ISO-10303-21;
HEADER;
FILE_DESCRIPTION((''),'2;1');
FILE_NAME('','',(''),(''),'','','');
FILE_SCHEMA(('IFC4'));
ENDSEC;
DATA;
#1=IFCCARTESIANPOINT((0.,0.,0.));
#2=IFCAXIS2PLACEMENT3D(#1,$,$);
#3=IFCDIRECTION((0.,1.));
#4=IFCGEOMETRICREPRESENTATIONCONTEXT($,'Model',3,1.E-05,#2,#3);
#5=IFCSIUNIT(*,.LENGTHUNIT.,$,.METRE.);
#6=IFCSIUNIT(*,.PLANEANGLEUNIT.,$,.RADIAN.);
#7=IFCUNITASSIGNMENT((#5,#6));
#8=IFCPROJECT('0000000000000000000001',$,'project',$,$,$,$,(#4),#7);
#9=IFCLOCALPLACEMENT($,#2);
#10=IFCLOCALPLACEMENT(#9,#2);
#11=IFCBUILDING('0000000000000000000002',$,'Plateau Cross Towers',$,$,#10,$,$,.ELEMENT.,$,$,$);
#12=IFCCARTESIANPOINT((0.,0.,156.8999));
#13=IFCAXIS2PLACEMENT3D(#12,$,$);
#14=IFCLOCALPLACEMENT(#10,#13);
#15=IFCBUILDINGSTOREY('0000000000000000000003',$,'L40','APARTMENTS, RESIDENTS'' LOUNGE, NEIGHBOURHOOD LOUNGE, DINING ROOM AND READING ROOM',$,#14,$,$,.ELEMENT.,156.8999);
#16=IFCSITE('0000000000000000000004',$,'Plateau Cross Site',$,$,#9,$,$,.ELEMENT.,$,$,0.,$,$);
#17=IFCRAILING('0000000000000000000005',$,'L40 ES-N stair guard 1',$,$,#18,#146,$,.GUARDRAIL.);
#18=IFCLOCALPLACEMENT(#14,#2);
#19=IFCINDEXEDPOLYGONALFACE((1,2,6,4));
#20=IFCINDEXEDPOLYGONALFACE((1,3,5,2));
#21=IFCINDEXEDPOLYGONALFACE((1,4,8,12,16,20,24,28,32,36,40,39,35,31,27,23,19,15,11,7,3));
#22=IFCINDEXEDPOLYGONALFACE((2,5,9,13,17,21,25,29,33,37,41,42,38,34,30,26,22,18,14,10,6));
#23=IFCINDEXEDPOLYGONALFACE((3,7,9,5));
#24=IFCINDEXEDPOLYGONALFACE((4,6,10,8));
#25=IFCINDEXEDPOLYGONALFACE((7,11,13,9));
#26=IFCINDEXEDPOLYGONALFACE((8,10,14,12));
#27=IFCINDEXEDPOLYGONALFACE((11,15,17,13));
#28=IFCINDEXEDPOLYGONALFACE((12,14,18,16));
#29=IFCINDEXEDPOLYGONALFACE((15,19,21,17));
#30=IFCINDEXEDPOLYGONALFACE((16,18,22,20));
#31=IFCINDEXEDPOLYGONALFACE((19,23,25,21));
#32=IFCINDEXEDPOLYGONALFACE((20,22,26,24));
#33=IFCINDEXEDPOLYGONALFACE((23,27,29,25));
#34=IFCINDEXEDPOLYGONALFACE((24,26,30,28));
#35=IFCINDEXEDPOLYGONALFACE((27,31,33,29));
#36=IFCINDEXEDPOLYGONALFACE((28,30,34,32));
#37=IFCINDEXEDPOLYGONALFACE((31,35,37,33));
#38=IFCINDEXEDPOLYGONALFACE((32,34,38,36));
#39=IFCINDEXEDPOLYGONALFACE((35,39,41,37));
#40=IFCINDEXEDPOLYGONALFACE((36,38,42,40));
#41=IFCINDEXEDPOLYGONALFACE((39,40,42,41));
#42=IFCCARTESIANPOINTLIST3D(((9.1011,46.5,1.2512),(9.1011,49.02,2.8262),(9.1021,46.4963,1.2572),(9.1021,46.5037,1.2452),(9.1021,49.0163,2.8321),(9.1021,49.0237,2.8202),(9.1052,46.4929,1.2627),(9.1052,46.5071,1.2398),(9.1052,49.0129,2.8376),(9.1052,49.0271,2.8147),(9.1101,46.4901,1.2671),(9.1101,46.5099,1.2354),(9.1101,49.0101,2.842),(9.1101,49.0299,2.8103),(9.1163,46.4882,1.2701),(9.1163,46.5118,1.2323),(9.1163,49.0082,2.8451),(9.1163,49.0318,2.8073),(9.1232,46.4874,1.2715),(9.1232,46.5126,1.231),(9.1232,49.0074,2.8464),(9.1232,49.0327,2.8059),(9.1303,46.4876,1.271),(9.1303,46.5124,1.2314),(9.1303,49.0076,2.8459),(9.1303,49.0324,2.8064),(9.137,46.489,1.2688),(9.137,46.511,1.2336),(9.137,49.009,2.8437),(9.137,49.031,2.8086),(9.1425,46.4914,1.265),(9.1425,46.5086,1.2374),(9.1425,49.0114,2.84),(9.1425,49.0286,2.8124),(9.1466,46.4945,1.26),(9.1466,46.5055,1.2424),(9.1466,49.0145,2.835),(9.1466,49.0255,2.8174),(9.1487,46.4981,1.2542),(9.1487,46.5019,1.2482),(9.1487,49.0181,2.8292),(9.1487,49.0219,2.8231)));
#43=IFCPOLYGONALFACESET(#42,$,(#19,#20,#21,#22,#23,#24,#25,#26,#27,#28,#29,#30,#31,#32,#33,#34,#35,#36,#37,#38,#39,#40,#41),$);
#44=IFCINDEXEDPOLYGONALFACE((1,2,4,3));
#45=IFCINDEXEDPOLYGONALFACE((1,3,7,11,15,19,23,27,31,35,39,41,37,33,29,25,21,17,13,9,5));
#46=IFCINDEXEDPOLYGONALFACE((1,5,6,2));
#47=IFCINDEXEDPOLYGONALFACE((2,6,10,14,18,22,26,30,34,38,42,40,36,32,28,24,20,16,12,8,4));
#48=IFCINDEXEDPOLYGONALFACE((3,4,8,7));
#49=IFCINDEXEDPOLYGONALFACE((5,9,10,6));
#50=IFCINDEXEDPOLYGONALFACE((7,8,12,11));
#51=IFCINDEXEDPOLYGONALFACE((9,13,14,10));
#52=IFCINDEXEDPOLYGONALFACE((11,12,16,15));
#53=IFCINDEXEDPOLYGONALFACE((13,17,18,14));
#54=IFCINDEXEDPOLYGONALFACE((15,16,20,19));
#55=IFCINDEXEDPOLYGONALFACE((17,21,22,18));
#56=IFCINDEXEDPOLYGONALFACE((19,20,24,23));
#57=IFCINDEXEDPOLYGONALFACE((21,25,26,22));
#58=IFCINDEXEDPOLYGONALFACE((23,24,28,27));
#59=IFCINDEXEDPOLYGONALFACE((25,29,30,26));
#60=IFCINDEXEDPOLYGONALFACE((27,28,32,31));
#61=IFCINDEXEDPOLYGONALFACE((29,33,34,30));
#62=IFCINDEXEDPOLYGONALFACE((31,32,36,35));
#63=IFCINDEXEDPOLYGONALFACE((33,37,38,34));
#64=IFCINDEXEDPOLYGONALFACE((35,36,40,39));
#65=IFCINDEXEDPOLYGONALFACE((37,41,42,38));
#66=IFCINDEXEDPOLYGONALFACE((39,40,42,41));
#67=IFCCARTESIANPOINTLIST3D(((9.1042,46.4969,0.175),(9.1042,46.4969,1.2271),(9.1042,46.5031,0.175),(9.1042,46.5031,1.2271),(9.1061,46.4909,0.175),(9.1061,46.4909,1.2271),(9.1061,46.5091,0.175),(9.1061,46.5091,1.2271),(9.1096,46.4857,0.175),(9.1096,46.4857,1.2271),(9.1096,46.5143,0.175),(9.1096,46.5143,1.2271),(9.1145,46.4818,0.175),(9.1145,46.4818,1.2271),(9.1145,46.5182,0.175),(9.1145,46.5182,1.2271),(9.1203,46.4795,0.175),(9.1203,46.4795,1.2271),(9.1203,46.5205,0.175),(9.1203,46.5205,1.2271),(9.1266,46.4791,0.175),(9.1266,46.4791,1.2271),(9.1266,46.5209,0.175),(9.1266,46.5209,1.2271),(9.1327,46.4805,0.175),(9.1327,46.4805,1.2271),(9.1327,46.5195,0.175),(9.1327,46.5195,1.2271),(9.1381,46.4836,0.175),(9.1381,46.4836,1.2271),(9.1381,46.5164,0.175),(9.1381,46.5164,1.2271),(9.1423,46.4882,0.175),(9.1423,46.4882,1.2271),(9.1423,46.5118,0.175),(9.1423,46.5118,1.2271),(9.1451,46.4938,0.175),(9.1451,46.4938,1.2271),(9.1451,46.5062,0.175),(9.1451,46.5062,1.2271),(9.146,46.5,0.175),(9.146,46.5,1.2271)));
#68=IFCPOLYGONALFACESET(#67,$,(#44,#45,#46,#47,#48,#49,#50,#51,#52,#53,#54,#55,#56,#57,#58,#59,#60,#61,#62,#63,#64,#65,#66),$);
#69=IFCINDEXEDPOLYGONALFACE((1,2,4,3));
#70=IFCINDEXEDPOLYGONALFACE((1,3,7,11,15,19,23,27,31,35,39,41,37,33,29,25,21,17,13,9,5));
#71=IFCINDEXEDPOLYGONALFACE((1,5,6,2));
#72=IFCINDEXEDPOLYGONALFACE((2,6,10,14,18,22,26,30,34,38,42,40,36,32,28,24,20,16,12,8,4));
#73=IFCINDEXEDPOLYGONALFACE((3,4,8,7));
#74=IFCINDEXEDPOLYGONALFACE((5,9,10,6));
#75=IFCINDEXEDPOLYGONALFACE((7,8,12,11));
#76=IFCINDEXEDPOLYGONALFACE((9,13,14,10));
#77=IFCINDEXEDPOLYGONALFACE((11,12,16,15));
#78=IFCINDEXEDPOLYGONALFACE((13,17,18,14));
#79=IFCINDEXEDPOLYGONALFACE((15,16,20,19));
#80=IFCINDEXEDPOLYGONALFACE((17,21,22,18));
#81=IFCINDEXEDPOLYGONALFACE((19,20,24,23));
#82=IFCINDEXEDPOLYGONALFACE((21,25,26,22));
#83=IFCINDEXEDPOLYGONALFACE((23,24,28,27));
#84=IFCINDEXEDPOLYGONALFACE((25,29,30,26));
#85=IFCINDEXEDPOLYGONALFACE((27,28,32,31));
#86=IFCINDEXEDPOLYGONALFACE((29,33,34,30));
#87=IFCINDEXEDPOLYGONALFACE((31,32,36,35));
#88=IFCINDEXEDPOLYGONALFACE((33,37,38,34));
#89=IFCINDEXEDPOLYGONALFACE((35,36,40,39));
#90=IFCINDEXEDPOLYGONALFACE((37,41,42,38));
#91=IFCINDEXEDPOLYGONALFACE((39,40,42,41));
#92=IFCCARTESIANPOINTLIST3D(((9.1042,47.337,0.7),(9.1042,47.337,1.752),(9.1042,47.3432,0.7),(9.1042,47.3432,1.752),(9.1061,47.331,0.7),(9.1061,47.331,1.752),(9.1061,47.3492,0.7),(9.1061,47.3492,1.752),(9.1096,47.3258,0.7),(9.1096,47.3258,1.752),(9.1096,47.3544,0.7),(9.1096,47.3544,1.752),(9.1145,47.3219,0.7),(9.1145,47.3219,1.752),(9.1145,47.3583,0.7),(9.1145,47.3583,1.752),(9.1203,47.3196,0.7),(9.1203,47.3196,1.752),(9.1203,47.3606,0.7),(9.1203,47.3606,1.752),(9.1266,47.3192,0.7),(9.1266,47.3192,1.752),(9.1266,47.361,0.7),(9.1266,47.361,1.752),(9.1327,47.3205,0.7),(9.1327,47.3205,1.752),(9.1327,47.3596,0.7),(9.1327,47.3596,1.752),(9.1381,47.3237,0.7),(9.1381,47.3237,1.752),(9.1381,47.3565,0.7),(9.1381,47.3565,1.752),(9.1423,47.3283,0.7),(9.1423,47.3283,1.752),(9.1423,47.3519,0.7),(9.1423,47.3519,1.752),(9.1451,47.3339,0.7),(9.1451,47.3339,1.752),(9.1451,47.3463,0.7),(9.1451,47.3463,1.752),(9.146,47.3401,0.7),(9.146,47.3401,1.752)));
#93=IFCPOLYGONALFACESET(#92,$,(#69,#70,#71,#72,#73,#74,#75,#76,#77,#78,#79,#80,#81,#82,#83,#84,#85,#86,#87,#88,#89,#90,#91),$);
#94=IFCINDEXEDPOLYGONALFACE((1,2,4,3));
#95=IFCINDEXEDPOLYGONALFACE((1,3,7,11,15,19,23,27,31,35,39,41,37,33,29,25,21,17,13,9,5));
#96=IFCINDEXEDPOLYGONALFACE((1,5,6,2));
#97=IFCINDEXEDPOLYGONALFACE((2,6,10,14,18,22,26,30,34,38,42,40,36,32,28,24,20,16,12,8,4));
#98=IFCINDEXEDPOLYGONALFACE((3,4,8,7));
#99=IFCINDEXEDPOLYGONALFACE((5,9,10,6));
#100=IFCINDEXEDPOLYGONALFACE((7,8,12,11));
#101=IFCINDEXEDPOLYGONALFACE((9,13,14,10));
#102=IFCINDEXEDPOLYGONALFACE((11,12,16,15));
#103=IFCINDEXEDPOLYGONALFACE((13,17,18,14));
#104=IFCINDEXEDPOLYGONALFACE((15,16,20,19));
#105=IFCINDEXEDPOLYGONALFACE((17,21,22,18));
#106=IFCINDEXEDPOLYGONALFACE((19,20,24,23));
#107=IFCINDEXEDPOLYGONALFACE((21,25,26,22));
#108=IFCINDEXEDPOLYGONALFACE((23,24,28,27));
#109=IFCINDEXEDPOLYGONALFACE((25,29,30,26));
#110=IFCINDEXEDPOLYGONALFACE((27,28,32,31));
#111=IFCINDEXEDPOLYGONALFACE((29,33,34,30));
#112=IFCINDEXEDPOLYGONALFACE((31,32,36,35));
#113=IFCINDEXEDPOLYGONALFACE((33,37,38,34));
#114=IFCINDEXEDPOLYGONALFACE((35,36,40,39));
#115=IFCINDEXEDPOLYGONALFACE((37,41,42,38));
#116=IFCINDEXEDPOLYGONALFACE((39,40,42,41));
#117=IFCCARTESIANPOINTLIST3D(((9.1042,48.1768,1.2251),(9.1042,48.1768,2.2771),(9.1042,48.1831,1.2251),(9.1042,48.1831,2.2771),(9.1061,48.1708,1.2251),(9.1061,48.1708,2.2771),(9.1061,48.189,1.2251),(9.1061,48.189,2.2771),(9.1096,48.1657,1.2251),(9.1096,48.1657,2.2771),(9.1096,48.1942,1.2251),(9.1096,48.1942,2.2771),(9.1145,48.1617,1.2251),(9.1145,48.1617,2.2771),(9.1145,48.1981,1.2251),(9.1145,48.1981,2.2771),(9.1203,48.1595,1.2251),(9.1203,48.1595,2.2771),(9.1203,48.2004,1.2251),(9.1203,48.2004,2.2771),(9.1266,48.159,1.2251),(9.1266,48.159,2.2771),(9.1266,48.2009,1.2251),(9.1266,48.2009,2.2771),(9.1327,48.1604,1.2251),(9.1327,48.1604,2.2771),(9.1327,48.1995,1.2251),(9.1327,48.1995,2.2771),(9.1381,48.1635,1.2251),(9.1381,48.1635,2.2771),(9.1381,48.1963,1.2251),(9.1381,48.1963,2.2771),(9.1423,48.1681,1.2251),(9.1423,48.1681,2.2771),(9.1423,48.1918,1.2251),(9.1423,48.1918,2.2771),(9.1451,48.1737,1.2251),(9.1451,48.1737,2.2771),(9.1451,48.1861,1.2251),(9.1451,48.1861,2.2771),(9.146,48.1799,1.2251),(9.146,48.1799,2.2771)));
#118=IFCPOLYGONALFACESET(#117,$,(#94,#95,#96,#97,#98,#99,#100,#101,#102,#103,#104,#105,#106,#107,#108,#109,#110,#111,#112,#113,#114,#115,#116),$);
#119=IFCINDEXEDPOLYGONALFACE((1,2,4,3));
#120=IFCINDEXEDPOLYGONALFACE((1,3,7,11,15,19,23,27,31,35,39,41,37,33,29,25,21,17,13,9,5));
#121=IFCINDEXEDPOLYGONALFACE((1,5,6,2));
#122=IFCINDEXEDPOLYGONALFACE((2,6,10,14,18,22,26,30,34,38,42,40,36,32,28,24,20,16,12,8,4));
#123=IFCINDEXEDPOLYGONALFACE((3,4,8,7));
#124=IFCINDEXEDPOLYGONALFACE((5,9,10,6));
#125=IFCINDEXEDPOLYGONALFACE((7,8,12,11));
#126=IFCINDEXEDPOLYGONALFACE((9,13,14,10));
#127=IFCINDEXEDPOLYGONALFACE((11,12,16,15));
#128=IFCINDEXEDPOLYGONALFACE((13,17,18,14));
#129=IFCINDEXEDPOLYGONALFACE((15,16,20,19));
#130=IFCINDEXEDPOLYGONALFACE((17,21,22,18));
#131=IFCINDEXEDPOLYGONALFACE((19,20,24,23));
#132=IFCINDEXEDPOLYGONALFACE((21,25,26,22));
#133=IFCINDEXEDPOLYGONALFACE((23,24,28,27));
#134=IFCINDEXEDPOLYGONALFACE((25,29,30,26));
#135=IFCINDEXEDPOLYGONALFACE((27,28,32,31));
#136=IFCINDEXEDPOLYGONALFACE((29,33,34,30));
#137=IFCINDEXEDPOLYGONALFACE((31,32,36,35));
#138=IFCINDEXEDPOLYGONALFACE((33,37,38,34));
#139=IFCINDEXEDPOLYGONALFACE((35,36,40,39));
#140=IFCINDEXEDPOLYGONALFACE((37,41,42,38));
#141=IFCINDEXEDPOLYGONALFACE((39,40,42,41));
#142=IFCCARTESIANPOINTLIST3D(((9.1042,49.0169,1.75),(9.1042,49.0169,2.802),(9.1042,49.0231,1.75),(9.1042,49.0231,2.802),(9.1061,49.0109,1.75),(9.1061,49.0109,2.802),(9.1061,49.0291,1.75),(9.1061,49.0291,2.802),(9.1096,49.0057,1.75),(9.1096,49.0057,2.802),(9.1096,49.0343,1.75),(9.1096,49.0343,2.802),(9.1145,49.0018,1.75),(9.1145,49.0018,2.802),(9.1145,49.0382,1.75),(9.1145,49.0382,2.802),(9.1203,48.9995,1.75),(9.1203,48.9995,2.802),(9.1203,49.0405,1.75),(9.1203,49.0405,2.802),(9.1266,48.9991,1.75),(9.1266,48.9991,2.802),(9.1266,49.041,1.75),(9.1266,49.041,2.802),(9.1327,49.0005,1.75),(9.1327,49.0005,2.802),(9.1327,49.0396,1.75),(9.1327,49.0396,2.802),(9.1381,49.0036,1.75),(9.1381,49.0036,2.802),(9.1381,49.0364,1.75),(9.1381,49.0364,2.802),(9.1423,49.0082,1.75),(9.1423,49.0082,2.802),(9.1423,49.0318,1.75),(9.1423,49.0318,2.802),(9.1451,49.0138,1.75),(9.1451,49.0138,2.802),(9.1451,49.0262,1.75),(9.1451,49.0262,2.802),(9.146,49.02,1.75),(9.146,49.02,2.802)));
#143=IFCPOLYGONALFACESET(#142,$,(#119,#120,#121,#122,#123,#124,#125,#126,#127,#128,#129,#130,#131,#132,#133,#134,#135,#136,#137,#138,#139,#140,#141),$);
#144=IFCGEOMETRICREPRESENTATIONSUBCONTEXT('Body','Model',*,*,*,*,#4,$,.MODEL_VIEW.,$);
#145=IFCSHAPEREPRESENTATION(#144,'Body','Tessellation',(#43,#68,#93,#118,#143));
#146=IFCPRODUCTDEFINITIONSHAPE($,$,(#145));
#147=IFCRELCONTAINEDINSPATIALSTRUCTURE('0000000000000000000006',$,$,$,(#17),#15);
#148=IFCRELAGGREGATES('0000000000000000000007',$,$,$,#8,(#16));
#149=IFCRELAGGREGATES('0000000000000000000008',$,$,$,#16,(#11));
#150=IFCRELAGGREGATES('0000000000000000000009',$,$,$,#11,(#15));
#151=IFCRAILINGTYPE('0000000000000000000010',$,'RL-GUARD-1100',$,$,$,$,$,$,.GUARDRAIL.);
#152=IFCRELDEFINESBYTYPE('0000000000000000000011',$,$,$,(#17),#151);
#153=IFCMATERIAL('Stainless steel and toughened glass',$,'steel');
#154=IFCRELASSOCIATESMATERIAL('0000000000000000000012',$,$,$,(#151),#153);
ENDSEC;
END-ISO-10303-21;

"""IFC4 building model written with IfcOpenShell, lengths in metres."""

from ifc_helpers import new_model, si_unit, direction, frame, origin, origin_2d, place, context, subcontext, project, spatial, circle, extrude, material, type_object, element, save


model = new_model("IFC4")

# Units and contexts
model_context = context("Model", 3, precision=1e-05, world=origin(), true_north=direction((0.0, 1.0)))
body_context = subcontext(model_context, "Body", "Model", "MODEL_VIEW")
ifc_project = project(units=[si_unit("LENGTHUNIT", "METRE"), si_unit("PLANEANGLEUNIT", "RADIAN")], contexts=[model_context])

# Site, building, storey
site_placement = place(None, origin())
site = spatial("IfcSite", under=ifc_project, at=site_placement, Name="Plateau Cross Site", CompositionType="ELEMENT", RefElevation=0.0)
building_placement = place(site_placement, origin())
building = spatial("IfcBuilding", under=site, at=building_placement, Name="Plateau Cross Towers", CompositionType="ELEMENT")
storey_placement = place(building_placement, frame((0.0, 0.0, 156.8999)))
storey = spatial("IfcBuildingStorey", under=building, at=storey_placement, Name="L40", Description="APARTMENTS, RESIDENTS' LOUNGE, NEIGHBOURHOOD LOUNGE, DINING ROOM AND READING ROOM", CompositionType="ELEMENT", Elevation=156.8999)

# Railing
ifc_material_1 = material(Name="Stainless steel and toughened glass", Category="steel")
railing_type_1 = type_object("IfcRailingType", Name="RL-GUARD-1100", PredefinedType="GUARDRAIL", material=ifc_material_1)
railing_1_placement = place(storey_placement, frame((9.125, 46.5, 0.175)))
element("IfcRailing", 1, at=railing_1_placement, inside=storey, type_object=railing_type_1, Name="L40 ES-N stair guard 1", PredefinedType="GUARDRAIL", context=body_context, shape_type="SweptSolid", body=[
    extrude(circle(Radius=0.0239, at=origin_2d()), frame((0.0, 0.0, 1.0762), z_axis=(0.0, 0.848008, 0.529984), x_axis=(-1.0, 0.0, 0.0)), (0.0, 0.0, 1.0), 2.9717),
    extrude(circle(Radius=0.021, at=origin_2d()), origin(), (0.0, 0.0, 1.0), 1.052),
    extrude(circle(Radius=0.021, at=origin_2d()), frame((0.0, 0.8401, 0.5249)), (0.0, 0.0, 1.0), 1.052),
    extrude(circle(Radius=0.021, at=origin_2d()), frame((0.0, 1.6799, 1.05)), (0.0, 0.0, 1.0), 1.052),
    extrude(circle(Radius=0.021, at=origin_2d()), frame((0.0, 2.52, 1.575)), (0.0, 0.0, 1.0), 1.052),
])

save(model, "model.ifc")
